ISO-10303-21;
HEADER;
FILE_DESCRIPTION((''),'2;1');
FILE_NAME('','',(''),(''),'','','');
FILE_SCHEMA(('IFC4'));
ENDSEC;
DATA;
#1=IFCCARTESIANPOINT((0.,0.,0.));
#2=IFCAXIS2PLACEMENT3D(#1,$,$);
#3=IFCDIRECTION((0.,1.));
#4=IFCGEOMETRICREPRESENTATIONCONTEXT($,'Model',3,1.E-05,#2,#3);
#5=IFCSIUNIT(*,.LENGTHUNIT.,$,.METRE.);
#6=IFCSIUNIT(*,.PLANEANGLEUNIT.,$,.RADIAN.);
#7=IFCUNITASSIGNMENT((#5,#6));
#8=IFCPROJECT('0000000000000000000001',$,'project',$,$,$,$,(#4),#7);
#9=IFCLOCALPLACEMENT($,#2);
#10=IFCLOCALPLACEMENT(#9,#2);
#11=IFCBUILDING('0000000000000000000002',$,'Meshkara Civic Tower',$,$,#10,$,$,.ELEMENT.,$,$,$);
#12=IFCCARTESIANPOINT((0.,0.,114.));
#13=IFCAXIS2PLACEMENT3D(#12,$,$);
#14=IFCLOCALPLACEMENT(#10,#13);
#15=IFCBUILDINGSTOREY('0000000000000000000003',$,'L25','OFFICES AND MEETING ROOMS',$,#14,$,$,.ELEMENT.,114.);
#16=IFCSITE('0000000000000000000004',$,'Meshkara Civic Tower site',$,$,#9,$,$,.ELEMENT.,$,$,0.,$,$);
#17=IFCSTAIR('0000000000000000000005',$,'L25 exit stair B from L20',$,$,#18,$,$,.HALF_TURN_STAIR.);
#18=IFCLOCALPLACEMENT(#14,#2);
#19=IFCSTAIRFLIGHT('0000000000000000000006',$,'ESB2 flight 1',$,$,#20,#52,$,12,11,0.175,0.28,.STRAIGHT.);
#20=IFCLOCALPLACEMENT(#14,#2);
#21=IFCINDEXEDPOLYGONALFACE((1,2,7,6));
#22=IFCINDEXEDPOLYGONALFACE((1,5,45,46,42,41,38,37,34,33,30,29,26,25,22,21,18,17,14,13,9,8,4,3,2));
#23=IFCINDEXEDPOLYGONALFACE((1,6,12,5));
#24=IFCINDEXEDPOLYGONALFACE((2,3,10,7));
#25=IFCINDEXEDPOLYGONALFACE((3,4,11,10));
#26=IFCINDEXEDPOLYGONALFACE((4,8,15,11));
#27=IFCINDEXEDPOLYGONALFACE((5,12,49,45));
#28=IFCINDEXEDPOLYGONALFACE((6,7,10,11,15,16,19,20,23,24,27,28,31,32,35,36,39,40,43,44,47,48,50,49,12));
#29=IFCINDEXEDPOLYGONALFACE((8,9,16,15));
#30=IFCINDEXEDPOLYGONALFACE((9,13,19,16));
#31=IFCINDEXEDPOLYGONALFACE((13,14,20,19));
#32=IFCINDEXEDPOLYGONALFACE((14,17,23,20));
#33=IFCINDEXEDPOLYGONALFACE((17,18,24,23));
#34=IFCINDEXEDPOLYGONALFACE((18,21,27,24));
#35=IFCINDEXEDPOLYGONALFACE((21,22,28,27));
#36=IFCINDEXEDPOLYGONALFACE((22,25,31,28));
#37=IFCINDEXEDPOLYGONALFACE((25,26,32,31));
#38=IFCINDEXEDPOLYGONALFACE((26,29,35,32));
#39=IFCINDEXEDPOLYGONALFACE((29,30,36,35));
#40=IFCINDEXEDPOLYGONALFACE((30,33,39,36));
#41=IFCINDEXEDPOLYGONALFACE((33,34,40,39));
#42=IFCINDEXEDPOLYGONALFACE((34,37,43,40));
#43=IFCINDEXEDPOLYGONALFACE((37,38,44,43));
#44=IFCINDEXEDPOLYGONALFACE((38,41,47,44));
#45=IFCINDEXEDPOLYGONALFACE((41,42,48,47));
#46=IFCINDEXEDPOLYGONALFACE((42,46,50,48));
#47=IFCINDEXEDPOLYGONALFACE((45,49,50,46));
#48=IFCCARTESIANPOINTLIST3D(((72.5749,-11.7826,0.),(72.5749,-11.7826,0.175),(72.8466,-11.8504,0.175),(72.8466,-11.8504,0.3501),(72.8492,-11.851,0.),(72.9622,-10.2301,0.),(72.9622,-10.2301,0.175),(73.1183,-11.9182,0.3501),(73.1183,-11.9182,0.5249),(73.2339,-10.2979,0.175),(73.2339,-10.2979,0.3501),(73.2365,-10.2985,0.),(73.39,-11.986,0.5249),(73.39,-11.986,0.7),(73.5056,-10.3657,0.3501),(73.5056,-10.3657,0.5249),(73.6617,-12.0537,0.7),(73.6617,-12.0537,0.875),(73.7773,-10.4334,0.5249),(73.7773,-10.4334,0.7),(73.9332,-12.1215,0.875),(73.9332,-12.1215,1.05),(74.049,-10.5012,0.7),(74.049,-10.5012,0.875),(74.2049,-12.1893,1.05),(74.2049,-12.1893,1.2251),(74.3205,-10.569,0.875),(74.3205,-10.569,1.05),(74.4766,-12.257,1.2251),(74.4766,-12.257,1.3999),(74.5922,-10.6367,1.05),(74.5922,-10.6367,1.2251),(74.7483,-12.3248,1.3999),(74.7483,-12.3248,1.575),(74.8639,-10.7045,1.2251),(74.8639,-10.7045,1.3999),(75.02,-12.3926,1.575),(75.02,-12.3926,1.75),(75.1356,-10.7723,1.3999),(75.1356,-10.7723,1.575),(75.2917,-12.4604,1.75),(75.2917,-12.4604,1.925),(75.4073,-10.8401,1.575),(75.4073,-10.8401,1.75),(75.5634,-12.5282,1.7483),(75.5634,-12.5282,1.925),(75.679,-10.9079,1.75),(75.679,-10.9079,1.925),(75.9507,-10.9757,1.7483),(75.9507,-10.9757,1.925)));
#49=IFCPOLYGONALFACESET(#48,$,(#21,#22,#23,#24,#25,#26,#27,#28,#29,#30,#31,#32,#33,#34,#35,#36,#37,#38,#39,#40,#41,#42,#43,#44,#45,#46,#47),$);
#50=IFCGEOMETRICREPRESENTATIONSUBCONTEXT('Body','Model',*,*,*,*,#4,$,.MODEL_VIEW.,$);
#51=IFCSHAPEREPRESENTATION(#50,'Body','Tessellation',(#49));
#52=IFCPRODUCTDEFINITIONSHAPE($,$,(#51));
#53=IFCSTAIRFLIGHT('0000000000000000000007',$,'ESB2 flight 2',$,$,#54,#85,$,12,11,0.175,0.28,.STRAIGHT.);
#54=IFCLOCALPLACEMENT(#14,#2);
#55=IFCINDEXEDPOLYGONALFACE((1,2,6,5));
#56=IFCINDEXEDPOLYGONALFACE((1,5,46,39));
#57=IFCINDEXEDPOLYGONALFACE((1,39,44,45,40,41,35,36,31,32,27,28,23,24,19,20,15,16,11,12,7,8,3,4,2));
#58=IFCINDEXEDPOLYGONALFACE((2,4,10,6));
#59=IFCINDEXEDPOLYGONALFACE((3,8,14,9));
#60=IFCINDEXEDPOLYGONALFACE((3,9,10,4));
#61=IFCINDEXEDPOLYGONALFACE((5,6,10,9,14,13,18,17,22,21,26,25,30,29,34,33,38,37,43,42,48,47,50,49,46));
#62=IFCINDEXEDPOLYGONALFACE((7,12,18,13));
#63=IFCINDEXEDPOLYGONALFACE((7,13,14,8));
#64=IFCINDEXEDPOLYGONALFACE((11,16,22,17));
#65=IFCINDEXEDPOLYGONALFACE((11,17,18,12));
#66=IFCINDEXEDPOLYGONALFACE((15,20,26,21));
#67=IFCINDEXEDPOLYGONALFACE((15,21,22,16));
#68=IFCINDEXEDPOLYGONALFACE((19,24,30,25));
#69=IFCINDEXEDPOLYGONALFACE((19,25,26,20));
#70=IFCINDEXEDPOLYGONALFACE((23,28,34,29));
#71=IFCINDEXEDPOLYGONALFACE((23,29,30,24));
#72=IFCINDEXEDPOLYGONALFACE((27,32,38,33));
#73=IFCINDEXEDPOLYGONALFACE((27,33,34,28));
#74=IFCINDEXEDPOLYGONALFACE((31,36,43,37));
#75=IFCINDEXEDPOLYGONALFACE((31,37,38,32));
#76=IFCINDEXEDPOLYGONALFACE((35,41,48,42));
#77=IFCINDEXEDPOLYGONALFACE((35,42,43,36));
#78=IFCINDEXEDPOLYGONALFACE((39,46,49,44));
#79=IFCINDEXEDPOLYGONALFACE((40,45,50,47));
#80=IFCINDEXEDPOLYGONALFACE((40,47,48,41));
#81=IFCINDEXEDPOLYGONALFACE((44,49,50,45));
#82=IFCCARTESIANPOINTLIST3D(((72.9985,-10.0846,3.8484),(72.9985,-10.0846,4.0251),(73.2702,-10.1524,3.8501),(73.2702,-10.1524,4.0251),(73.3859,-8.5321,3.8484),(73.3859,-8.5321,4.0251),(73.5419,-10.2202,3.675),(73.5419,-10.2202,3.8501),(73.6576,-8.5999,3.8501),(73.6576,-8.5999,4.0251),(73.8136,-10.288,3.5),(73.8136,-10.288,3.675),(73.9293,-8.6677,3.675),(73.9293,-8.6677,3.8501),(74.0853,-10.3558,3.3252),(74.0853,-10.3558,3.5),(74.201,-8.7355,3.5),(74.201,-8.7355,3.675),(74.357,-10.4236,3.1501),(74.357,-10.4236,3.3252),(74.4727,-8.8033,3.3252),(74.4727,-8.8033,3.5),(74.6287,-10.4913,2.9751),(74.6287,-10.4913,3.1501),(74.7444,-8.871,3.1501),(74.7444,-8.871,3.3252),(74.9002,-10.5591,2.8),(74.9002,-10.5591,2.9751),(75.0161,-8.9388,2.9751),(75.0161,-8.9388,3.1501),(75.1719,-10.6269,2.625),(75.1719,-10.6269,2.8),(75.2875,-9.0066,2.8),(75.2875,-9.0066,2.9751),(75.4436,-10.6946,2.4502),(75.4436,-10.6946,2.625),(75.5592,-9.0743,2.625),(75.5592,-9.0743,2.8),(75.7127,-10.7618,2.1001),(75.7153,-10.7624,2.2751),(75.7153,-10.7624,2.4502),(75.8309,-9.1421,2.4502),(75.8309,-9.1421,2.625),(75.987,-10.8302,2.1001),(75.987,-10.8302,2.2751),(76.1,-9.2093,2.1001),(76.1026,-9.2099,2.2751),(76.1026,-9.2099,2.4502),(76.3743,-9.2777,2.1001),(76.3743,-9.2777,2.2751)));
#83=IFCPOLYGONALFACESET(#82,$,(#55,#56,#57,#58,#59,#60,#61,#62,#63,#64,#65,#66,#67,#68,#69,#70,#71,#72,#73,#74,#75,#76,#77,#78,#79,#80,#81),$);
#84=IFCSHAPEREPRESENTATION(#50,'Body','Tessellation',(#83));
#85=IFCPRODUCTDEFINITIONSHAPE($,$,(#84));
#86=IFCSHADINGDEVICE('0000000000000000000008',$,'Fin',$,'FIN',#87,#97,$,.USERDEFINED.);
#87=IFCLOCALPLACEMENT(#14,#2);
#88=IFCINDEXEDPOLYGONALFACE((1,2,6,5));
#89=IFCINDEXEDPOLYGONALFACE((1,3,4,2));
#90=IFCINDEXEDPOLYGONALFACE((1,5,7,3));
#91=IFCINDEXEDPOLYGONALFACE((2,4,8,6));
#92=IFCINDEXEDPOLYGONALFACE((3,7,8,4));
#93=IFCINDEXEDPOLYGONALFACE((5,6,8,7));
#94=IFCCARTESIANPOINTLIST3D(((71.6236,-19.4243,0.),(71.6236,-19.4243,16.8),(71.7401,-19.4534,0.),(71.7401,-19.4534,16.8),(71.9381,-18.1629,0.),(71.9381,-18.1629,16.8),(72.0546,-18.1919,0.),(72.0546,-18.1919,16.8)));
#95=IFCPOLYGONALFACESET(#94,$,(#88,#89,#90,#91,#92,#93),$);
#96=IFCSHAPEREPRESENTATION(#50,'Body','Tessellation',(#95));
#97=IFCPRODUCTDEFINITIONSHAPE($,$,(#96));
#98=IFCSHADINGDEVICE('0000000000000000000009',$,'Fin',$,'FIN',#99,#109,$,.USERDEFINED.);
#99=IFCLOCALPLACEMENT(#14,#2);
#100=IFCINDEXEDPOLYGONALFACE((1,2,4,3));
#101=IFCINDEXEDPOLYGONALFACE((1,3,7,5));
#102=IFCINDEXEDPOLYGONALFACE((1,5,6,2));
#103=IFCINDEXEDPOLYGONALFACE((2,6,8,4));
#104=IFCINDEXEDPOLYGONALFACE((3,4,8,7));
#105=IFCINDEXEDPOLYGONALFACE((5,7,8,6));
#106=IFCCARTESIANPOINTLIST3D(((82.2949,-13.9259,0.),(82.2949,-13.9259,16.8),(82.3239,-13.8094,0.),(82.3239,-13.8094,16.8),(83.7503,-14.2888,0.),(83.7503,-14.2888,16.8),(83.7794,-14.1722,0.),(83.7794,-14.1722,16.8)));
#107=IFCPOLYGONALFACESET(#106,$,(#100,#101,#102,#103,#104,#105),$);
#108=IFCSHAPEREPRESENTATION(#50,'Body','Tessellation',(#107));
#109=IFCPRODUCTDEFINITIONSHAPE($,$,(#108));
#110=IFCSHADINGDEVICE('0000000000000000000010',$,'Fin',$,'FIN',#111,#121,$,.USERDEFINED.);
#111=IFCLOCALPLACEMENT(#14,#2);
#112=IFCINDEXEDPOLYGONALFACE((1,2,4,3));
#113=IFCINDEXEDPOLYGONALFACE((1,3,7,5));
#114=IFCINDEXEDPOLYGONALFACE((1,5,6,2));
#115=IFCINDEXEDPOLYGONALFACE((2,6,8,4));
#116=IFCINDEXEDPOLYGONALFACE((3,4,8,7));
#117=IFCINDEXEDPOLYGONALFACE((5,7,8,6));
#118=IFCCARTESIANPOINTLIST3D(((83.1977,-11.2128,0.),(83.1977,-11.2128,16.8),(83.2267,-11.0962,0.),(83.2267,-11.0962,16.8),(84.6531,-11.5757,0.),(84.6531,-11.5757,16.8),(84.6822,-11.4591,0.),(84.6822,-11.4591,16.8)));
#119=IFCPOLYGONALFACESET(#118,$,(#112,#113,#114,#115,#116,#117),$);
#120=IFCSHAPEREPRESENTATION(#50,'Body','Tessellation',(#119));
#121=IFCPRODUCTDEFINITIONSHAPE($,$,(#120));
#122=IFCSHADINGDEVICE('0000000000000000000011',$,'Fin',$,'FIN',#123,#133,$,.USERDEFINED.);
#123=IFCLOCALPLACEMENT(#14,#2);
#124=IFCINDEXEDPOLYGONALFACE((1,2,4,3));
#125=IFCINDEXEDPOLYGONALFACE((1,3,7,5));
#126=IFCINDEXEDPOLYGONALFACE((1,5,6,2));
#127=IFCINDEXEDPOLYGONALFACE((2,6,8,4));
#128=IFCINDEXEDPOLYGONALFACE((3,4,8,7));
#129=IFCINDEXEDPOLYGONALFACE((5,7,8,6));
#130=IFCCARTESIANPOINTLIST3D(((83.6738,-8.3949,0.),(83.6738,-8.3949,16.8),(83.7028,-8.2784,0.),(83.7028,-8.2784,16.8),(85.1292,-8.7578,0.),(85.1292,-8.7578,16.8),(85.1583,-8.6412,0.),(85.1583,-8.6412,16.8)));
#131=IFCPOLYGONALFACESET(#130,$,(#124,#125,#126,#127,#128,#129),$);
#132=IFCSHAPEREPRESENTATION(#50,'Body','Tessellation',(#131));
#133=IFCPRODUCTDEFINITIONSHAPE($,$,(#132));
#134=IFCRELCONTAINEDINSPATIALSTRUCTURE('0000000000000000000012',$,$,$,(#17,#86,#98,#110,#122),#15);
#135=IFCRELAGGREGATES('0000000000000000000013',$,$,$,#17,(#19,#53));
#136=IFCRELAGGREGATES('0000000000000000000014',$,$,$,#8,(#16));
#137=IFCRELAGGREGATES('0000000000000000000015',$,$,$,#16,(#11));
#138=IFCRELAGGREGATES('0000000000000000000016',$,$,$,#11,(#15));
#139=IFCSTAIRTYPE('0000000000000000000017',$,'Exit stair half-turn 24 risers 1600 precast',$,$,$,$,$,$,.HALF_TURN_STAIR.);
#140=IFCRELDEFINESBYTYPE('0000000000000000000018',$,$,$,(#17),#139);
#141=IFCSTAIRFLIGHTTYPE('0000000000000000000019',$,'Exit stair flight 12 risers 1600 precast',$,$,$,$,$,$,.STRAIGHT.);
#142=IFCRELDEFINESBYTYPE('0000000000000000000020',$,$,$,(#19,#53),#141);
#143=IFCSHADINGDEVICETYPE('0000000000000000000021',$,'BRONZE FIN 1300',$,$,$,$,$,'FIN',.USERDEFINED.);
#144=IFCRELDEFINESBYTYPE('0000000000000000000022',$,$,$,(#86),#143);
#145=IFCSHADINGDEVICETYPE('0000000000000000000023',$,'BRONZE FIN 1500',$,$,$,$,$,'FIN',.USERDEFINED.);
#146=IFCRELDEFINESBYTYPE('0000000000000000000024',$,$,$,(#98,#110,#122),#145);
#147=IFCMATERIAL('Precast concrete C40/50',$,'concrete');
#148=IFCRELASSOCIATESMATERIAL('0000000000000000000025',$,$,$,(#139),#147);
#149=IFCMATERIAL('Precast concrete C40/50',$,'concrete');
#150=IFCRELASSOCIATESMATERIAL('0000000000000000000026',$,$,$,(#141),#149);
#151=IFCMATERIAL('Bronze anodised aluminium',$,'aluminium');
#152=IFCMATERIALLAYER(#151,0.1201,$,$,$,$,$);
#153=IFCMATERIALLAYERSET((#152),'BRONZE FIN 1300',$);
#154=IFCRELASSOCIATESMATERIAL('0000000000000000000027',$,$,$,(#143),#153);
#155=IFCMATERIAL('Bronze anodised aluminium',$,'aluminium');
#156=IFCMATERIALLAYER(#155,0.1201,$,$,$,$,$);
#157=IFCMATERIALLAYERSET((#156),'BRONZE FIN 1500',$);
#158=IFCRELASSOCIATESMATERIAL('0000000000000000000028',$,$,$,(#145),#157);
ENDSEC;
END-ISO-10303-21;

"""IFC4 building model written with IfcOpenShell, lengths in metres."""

from ifc_helpers import new_model, si_unit, direction, frame, origin, origin_2d, place, context, subcontext, project, spatial, polyline, rectangle, outline, extrude, material, layer, layer_set, type_object, element, aggregate, save


model = new_model("IFC4")

# Units and contexts
model_context = context("Model", 3, precision=1e-05, world=origin(), true_north=direction((0.0, 1.0)))
body_context = subcontext(model_context, "Body", "Model", "MODEL_VIEW")
ifc_project = project(units=[si_unit("LENGTHUNIT", "METRE"), si_unit("PLANEANGLEUNIT", "RADIAN")], contexts=[model_context])

# Site, building, storey
site_placement = place(None, origin())
site = spatial("IfcSite", under=ifc_project, at=site_placement, Name="Meshkara Civic Tower site", CompositionType="ELEMENT", RefElevation=0.0)
building_placement = place(site_placement, origin())
building = spatial("IfcBuilding", under=site, at=building_placement, Name="Meshkara Civic Tower", CompositionType="ELEMENT")
storey_placement = place(building_placement, frame((0.0, 0.0, 114.0)))
storey = spatial("IfcBuildingStorey", under=building, at=storey_placement, Name="L25", Description="OFFICES AND MEETING ROOMS", CompositionType="ELEMENT", Elevation=114.0)

# Stair, stair flights
ifc_material_1 = material(Name="Precast concrete C40/50", Category="concrete")
stair_type = type_object("IfcStairType", Name="Exit stair half-turn 24 risers 1600 precast", PredefinedType="HALF_TURN_STAIR", material=ifc_material_1)
stair_placement = place(storey_placement, origin())
stair = element("IfcStair", 1, at=stair_placement, inside=storey, type_object=stair_type, Name="L25 exit stair B from L20", PredefinedType="HALF_TURN_STAIR")
ifc_material_2 = material(Name="Precast concrete C40/50", Category="concrete")
stair_flight_type = type_object("IfcStairFlightType", Name="Exit stair flight 12 risers 1600 precast", PredefinedType="STRAIGHT", material=ifc_material_2)
stair_flight_1_placement = place(storey_placement, frame((72.7686, -11.0063, 0.0), z_axis=(0.0, 0.0, 1.0), x_axis=(0.97026, -0.242065, 0.0)))
stair_flight_1 = element("IfcStairFlight", 2, at=stair_flight_1_placement, type_object=stair_flight_type, Name="ESB2 flight 1", NumberOfRisers=12, NumberOfTreads=11, PredefinedType="STRAIGHT", RiserHeight=0.175, TreadLength=0.28, context=body_context, shape_type="SweptSolid", body=[
    extrude(outline(polyline([(0.0, 0.0), (0.0, 0.175), (0.28, 0.175), (0.28, 0.3501), (0.5601, 0.3501), (0.5601, 0.5249), (0.8401, 0.5249), (0.8401, 0.7), (1.1201, 0.7), (1.1201, 0.875), (1.3999, 0.875), (1.3999, 1.05), (1.6799, 1.05), (1.6799, 1.2251), (1.96, 1.2251), (1.96, 1.3999), (2.24, 1.3999), (2.24, 1.575), (2.52, 1.575), (2.52, 1.75), (2.8, 1.75), (2.8, 1.925), (3.0801, 1.925), (3.0801, 2.1001), (3.0801, 1.7483), (0.2827, 0.0), (0.0, 0.0)])), frame((0.0, 0.8, 0.0), z_axis=(0.0, -1.0, 0.0), x_axis=(1.0, 0.0, 0.0)), (0.0, 0.0, 1.0), 1.6001),
])
stair_flight_2_placement = place(storey_placement, frame((76.1807, -10.054, 2.1001), z_axis=(0.0, 0.0, 1.0), x_axis=(-0.97026, 0.242065, 0.0)))
stair_flight_2 = element("IfcStairFlight", 3, at=stair_flight_2_placement, type_object=stair_flight_type, Name="ESB2 flight 2", NumberOfRisers=12, NumberOfTreads=11, PredefinedType="STRAIGHT", RiserHeight=0.175, TreadLength=0.28, context=body_context, shape_type="SweptSolid", body=[
    extrude(outline(polyline([(0.0, 0.0), (0.0, 0.175), (0.28, 0.175), (0.28, 0.3501), (0.5601, 0.3501), (0.5601, 0.5249), (0.8401, 0.5249), (0.8401, 0.7), (1.1201, 0.7), (1.1201, 0.875), (1.3999, 0.875), (1.3999, 1.05), (1.6799, 1.05), (1.6799, 1.2251), (1.96, 1.2251), (1.96, 1.3999), (2.24, 1.3999), (2.24, 1.575), (2.52, 1.575), (2.52, 1.75), (2.8, 1.75), (2.8, 1.925), (3.0801, 1.925), (3.0801, 2.1001), (3.0801, 1.7483), (0.2827, 0.0), (0.0, 0.0)])), frame((0.0, 0.8, 0.0), z_axis=(0.0, -1.0, 0.0), x_axis=(1.0, 0.0, 0.0)), (0.0, 0.0, 1.0), 1.6001),
])
aggregate(stair, [stair_flight_1, stair_flight_2])

# Shading devices
ifc_material_3 = material(Name="Bronze anodised aluminium", Category="aluminium")
ifc_layer_1 = layer(ifc_material_3, 0.1201)
ifc_layer_set_1 = layer_set([ifc_layer_1], Name="BRONZE FIN 1300")
shading_device_type_1 = type_object("IfcShadingDeviceType", Name="BRONZE FIN 1300", ElementType="FIN", PredefinedType="USERDEFINED", material=ifc_layer_set_1)
shading_device_placement = place(storey_placement, frame((71.8391, -18.8081, 0.0), z_axis=(0.0, 0.0, 1.0), x_axis=(0.9703, -0.241905, 0.0)))
element("IfcShadingDevice", 4, at=shading_device_placement, inside=storey, type_object=shading_device_type_1, Name="Fin", ObjectType="FIN", PredefinedType="USERDEFINED", context=body_context, shape_type="SweptSolid", body=[
    extrude(rectangle(XDim=0.1201, YDim=1.3, at=origin_2d()), origin(), (0.0, 0.0, 1.0), 16.8),
])
ifc_material_4 = material(Name="Bronze anodised aluminium", Category="aluminium")
ifc_layer_2 = layer(ifc_material_4, 0.1201)
ifc_layer_set_2 = layer_set([ifc_layer_2], Name="BRONZE FIN 1500")
shading_device_type_2 = type_object("IfcShadingDeviceType", Name="BRONZE FIN 1500", ElementType="FIN", PredefinedType="USERDEFINED", material=ifc_layer_set_2)
for number, where, z_axis, x_axis, name in (
    (5, (83.0371, -14.0491, 0.0), (0.0, 0.0, 1.0), (0.241922, 0.970296, 0.0), "Fin"),
    (6, (83.9399, -11.3359, 0.0), (0.0, 0.0, 1.0), (0.241922, 0.970296, 0.0), "Fin"),
    (7, (84.416, -8.5181, 0.0), (0.0, 0.0, 1.0), (0.241922, 0.970296, 0.0), "Fin"),
):
    element("IfcShadingDevice", number, at=place(storey_placement, frame(where, z_axis=z_axis, x_axis=x_axis)), inside=storey, type_object=shading_device_type_2, Name=name, ObjectType="FIN", PredefinedType="USERDEFINED", context=body_context, shape_type="SweptSolid", body=[
        extrude(rectangle(XDim=0.1201, YDim=1.5, at=origin_2d()), origin(), (0.0, 0.0, 1.0), 16.8),
    ])

save(model, "model.ifc")
